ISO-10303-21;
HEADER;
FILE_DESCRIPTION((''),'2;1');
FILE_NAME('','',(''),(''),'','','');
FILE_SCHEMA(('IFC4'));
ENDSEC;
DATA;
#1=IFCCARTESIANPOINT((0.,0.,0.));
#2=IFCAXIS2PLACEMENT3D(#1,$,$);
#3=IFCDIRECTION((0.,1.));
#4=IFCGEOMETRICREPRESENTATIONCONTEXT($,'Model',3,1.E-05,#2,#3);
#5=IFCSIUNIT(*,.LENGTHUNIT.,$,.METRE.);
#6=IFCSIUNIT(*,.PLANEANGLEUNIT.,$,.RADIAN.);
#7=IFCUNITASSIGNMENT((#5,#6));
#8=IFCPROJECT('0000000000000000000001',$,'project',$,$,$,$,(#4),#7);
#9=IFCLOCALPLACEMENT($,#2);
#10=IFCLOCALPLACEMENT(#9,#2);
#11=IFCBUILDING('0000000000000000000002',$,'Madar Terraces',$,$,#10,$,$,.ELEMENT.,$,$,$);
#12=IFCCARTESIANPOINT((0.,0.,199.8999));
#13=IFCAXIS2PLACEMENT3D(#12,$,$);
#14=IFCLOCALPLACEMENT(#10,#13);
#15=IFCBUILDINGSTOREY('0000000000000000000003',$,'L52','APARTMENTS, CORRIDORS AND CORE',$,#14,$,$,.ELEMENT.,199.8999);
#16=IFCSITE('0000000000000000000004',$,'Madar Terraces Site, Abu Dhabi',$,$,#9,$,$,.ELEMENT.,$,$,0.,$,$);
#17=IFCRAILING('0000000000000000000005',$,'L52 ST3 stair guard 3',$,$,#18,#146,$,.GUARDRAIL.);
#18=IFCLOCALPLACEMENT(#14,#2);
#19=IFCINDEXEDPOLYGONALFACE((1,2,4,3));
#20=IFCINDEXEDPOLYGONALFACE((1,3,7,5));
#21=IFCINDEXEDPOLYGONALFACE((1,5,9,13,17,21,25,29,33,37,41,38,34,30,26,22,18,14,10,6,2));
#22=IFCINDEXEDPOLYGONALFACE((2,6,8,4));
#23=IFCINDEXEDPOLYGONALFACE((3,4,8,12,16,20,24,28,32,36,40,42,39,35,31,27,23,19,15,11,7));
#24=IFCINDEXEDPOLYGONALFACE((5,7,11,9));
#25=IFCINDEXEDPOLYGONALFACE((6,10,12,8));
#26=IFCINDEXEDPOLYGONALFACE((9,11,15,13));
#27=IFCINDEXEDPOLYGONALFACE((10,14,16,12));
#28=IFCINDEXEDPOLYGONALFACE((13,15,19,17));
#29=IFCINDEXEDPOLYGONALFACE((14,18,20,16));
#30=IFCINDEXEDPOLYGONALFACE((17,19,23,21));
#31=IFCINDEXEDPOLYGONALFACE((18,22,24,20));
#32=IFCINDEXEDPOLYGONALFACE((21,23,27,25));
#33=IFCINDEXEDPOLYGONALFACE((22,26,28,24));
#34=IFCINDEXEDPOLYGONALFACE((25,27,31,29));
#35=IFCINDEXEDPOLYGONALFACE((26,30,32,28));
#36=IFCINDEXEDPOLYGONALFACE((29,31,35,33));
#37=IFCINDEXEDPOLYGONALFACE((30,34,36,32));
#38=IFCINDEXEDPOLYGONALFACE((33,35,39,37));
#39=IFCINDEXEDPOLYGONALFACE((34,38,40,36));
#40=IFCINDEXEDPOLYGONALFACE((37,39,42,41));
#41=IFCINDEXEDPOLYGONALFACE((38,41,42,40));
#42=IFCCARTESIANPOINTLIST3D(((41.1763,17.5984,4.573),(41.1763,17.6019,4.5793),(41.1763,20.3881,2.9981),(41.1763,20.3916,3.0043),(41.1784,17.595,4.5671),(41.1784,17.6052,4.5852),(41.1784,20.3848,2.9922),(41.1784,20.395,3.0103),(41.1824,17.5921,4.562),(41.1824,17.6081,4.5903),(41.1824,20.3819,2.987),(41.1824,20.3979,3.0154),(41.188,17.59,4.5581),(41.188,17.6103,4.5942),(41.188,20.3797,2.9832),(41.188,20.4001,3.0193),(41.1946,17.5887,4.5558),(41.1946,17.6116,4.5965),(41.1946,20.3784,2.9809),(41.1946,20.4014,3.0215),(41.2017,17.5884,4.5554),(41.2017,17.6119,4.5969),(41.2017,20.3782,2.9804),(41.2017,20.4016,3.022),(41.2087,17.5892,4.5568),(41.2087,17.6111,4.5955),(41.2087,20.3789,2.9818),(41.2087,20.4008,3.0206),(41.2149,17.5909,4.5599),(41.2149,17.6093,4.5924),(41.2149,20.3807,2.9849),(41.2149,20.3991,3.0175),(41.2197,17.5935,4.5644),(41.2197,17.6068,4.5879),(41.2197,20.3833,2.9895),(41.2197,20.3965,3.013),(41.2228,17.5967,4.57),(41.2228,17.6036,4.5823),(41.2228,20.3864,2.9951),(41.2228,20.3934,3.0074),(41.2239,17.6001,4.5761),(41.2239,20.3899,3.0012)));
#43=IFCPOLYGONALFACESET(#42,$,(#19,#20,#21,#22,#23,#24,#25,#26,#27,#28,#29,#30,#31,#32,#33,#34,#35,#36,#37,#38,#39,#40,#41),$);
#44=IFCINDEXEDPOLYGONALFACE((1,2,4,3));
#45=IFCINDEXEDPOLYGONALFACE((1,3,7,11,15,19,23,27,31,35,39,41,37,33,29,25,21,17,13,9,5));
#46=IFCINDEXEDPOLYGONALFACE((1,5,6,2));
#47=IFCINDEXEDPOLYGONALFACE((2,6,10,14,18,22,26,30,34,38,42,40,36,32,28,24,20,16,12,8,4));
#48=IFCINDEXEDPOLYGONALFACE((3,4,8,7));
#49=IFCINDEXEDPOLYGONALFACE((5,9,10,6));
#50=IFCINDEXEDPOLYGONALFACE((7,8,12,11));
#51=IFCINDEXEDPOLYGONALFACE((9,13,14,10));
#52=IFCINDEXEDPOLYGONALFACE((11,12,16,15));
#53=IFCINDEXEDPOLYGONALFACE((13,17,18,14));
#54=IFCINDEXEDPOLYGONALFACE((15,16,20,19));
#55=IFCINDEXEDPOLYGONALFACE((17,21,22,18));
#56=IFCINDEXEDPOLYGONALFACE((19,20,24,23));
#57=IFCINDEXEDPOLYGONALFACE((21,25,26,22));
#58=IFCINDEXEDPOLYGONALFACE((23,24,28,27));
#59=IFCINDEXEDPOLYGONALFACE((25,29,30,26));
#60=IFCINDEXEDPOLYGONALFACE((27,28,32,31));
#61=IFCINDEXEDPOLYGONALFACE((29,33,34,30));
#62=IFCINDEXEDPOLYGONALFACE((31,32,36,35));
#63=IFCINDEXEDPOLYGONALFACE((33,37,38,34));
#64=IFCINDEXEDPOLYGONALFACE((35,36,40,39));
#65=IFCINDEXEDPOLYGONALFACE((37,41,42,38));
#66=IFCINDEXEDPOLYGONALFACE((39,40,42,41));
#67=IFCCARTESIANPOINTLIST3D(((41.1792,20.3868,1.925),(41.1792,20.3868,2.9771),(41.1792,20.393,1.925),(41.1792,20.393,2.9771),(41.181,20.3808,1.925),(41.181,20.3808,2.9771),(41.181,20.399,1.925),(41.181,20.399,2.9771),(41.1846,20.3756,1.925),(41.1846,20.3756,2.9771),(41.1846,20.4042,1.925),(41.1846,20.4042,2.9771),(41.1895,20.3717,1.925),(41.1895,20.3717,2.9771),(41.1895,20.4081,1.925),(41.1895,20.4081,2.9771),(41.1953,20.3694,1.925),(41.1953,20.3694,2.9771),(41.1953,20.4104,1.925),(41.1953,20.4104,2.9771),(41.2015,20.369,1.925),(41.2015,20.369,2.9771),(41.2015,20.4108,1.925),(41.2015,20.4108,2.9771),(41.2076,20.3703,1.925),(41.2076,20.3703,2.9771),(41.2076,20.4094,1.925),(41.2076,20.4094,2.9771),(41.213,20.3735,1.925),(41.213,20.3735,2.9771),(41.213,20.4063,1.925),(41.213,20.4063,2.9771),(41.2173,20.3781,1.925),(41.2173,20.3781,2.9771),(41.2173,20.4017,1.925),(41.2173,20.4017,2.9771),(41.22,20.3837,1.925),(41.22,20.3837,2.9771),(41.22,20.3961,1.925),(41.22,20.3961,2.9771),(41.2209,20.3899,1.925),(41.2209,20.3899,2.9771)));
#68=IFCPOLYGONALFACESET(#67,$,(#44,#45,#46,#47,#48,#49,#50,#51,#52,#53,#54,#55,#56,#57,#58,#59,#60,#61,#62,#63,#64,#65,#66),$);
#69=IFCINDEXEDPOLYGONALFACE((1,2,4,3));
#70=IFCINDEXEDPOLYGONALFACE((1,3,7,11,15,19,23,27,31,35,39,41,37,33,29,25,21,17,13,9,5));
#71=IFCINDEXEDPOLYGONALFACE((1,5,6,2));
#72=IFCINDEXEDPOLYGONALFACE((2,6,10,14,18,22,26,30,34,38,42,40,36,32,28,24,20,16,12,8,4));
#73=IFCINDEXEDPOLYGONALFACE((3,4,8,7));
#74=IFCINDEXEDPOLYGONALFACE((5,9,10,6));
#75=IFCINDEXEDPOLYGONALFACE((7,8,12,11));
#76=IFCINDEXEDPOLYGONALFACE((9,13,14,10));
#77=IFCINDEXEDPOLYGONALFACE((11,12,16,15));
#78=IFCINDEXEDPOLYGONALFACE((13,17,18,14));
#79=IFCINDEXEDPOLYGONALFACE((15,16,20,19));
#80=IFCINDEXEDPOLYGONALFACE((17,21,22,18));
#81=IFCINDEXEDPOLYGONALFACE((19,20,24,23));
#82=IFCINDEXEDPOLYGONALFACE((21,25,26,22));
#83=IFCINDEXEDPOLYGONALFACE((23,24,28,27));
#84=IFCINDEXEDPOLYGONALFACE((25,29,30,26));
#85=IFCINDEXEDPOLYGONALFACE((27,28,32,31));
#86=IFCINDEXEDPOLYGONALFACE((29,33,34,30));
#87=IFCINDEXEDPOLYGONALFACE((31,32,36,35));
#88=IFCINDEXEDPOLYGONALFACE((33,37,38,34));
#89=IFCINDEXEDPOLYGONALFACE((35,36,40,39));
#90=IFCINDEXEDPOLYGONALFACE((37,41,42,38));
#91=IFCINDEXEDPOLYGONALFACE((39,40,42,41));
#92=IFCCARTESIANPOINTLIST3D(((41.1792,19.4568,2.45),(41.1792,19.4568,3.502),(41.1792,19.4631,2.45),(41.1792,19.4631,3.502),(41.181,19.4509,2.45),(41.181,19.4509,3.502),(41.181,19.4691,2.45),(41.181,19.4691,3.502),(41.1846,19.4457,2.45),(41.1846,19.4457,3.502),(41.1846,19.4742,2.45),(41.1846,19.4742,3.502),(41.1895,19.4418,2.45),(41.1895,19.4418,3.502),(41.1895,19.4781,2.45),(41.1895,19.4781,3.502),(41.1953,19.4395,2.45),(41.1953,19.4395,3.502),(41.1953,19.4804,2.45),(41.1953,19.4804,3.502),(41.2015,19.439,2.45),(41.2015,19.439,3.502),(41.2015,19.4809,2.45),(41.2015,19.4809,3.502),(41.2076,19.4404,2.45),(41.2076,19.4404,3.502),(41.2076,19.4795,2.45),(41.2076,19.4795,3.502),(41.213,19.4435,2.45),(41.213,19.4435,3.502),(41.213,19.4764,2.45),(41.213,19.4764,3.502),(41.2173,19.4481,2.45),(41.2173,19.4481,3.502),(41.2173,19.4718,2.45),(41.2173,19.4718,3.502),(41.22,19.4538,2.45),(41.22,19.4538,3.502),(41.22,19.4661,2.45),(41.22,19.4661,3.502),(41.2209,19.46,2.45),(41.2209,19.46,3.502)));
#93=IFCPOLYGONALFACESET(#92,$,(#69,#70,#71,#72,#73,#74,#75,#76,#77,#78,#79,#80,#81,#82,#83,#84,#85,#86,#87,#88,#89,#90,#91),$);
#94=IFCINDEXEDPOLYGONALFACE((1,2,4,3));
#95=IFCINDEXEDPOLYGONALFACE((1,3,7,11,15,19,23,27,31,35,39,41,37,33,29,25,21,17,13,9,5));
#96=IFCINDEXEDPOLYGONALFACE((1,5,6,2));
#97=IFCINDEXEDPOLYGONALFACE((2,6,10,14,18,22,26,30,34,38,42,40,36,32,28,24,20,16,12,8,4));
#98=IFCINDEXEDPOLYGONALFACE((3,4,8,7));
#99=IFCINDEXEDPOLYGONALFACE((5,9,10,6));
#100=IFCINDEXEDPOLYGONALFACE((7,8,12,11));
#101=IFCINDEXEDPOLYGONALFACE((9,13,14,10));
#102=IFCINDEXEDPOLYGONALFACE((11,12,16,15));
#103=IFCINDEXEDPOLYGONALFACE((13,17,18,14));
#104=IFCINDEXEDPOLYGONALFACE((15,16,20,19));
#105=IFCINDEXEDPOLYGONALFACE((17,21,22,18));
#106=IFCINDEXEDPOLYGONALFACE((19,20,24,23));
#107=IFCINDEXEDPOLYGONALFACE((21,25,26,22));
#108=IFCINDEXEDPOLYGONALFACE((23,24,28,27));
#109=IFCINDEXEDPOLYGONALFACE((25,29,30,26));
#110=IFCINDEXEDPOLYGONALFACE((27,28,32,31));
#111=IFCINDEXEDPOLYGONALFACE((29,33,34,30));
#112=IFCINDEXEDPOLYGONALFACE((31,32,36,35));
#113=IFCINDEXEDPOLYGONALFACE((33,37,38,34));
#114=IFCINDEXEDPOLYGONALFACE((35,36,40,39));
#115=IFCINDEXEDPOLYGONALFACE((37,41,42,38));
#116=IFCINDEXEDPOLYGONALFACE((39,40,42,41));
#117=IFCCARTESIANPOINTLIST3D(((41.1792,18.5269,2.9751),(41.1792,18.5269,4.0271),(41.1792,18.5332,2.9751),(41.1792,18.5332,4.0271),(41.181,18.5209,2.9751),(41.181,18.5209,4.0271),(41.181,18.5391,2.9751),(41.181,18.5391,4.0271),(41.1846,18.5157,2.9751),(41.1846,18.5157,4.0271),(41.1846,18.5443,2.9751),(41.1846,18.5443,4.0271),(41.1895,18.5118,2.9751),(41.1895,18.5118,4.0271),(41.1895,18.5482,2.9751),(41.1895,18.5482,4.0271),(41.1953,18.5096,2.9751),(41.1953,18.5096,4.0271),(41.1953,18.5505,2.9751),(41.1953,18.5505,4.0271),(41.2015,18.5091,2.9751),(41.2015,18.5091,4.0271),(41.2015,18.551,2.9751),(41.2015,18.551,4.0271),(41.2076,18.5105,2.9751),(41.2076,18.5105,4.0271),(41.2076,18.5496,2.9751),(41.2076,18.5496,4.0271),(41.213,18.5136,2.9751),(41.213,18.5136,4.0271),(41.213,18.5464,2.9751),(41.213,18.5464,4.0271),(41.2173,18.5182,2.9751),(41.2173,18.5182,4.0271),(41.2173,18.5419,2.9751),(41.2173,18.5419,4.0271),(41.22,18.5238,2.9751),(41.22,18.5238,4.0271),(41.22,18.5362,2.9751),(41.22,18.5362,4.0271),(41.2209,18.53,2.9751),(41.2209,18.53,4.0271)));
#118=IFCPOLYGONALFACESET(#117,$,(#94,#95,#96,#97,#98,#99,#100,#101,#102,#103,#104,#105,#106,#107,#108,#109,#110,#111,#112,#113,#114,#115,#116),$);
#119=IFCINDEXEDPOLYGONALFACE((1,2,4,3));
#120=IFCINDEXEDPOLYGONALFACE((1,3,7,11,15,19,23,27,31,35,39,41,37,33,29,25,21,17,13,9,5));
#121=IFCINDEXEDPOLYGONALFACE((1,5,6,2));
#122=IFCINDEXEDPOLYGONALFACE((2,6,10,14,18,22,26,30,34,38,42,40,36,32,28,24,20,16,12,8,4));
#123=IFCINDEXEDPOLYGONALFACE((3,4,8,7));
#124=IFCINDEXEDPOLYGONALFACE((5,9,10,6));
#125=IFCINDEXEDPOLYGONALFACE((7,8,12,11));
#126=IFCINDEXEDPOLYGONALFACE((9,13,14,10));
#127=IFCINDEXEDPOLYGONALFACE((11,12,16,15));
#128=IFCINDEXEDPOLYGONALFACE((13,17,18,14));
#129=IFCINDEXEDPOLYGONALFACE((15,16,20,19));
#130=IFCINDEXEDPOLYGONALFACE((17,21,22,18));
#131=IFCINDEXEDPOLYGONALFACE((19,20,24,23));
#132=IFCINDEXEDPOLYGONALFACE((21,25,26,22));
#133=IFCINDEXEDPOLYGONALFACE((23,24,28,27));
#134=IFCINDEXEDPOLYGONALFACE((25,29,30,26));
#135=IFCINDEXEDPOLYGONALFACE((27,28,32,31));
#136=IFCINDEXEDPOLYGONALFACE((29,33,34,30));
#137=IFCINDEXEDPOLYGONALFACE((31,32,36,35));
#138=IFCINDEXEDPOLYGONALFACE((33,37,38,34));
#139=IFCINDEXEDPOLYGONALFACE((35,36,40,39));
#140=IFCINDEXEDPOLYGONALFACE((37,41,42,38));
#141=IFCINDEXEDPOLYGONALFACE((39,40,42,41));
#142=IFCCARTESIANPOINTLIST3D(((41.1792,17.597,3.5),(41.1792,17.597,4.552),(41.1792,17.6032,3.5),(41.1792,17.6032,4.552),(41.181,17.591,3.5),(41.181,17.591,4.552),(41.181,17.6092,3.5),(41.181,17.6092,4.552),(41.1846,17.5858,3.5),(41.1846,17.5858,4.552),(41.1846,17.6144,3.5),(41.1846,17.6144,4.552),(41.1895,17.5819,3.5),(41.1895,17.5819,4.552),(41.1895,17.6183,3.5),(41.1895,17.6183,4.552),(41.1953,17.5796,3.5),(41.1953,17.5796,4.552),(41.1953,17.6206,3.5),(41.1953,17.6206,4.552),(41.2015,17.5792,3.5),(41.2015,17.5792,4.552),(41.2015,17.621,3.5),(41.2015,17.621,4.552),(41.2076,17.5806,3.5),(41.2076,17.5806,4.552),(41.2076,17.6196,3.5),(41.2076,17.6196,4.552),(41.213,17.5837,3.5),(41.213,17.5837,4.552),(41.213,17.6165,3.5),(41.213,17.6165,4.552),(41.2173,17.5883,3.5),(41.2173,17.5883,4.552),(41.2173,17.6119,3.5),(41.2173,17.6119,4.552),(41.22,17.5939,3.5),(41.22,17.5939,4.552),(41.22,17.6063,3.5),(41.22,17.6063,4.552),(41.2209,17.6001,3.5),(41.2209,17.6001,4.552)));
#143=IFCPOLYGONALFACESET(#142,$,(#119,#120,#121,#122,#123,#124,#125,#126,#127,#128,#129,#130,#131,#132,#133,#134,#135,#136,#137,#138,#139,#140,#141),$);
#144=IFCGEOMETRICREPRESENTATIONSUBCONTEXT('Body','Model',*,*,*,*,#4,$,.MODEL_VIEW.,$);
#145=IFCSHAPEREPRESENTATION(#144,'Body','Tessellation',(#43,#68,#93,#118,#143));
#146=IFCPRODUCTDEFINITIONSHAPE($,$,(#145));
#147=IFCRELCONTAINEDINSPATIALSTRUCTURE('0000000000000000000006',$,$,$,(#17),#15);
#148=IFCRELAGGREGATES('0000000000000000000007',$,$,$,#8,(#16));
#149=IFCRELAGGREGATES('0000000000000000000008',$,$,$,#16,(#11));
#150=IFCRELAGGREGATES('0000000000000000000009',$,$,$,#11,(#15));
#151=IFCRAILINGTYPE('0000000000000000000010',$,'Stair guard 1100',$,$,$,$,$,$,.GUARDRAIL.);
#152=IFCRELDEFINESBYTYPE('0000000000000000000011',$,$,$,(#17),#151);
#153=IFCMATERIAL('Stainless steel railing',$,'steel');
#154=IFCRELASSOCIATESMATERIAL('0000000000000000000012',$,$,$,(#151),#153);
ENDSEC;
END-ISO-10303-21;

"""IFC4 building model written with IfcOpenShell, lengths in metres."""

from ifc_helpers import new_model, si_unit, direction, frame, origin, origin_2d, place, context, subcontext, project, spatial, circle, extrude, material, type_object, element, save


model = new_model("IFC4")

# Units and contexts
model_context = context("Model", 3, precision=1e-05, world=origin(), true_north=direction((0.0, 1.0)))
body_context = subcontext(model_context, "Body", "Model", "MODEL_VIEW")
ifc_project = project(units=[si_unit("LENGTHUNIT", "METRE"), si_unit("PLANEANGLEUNIT", "RADIAN")], contexts=[model_context])

# Site, building, storey
site_placement = place(None, origin())
site = spatial("IfcSite", under=ifc_project, at=site_placement, Name="Madar Terraces Site, Abu Dhabi", CompositionType="ELEMENT", RefElevation=0.0)
building_placement = place(site_placement, origin())
building = spatial("IfcBuilding", under=site, at=building_placement, Name="Madar Terraces", CompositionType="ELEMENT")
storey_placement = place(building_placement, frame((0.0, 0.0, 199.8999)))
storey = spatial("IfcBuildingStorey", under=building, at=storey_placement, Name="L52", Description="APARTMENTS, CORRIDORS AND CORE", CompositionType="ELEMENT", Elevation=199.8999)

# Railing
ifc_material_1 = material(Name="Stainless steel railing", Category="steel")
railing_type_1 = type_object("IfcRailingType", Name="Stair guard 1100", PredefinedType="GUARDRAIL", material=ifc_material_1)
railing_1_placement = place(storey_placement, frame((41.2, 20.3899, 1.925)))
element("IfcRailing", 1, at=railing_1_placement, inside=storey, type_object=railing_type_1, Name="L52 ST3 stair guard 3", PredefinedType="GUARDRAIL", context=body_context, shape_type="SweptSolid", body=[
    extrude(circle(Radius=0.0239, at=origin_2d()), frame((0.0, 0.0, 1.0762), z_axis=(0.0, -0.870815, 0.49161), x_axis=(1.0, 0.0, 0.0)), (0.0, 0.0, 1.0), 3.2036),
    extrude(circle(Radius=0.021, at=origin_2d()), origin(), (0.0, 0.0, 1.0), 1.052),
    extrude(circle(Radius=0.021, at=origin_2d()), frame((0.0, -0.9299, 0.5249)), (0.0, 0.0, 1.0), 1.052),
    extrude(circle(Radius=0.021, at=origin_2d()), frame((0.0, -1.8599, 1.05)), (0.0, 0.0, 1.0), 1.052),
    extrude(circle(Radius=0.021, at=origin_2d()), frame((0.0, -2.7898, 1.575)), (0.0, 0.0, 1.0), 1.052),
])

save(model, "model.ifc")
